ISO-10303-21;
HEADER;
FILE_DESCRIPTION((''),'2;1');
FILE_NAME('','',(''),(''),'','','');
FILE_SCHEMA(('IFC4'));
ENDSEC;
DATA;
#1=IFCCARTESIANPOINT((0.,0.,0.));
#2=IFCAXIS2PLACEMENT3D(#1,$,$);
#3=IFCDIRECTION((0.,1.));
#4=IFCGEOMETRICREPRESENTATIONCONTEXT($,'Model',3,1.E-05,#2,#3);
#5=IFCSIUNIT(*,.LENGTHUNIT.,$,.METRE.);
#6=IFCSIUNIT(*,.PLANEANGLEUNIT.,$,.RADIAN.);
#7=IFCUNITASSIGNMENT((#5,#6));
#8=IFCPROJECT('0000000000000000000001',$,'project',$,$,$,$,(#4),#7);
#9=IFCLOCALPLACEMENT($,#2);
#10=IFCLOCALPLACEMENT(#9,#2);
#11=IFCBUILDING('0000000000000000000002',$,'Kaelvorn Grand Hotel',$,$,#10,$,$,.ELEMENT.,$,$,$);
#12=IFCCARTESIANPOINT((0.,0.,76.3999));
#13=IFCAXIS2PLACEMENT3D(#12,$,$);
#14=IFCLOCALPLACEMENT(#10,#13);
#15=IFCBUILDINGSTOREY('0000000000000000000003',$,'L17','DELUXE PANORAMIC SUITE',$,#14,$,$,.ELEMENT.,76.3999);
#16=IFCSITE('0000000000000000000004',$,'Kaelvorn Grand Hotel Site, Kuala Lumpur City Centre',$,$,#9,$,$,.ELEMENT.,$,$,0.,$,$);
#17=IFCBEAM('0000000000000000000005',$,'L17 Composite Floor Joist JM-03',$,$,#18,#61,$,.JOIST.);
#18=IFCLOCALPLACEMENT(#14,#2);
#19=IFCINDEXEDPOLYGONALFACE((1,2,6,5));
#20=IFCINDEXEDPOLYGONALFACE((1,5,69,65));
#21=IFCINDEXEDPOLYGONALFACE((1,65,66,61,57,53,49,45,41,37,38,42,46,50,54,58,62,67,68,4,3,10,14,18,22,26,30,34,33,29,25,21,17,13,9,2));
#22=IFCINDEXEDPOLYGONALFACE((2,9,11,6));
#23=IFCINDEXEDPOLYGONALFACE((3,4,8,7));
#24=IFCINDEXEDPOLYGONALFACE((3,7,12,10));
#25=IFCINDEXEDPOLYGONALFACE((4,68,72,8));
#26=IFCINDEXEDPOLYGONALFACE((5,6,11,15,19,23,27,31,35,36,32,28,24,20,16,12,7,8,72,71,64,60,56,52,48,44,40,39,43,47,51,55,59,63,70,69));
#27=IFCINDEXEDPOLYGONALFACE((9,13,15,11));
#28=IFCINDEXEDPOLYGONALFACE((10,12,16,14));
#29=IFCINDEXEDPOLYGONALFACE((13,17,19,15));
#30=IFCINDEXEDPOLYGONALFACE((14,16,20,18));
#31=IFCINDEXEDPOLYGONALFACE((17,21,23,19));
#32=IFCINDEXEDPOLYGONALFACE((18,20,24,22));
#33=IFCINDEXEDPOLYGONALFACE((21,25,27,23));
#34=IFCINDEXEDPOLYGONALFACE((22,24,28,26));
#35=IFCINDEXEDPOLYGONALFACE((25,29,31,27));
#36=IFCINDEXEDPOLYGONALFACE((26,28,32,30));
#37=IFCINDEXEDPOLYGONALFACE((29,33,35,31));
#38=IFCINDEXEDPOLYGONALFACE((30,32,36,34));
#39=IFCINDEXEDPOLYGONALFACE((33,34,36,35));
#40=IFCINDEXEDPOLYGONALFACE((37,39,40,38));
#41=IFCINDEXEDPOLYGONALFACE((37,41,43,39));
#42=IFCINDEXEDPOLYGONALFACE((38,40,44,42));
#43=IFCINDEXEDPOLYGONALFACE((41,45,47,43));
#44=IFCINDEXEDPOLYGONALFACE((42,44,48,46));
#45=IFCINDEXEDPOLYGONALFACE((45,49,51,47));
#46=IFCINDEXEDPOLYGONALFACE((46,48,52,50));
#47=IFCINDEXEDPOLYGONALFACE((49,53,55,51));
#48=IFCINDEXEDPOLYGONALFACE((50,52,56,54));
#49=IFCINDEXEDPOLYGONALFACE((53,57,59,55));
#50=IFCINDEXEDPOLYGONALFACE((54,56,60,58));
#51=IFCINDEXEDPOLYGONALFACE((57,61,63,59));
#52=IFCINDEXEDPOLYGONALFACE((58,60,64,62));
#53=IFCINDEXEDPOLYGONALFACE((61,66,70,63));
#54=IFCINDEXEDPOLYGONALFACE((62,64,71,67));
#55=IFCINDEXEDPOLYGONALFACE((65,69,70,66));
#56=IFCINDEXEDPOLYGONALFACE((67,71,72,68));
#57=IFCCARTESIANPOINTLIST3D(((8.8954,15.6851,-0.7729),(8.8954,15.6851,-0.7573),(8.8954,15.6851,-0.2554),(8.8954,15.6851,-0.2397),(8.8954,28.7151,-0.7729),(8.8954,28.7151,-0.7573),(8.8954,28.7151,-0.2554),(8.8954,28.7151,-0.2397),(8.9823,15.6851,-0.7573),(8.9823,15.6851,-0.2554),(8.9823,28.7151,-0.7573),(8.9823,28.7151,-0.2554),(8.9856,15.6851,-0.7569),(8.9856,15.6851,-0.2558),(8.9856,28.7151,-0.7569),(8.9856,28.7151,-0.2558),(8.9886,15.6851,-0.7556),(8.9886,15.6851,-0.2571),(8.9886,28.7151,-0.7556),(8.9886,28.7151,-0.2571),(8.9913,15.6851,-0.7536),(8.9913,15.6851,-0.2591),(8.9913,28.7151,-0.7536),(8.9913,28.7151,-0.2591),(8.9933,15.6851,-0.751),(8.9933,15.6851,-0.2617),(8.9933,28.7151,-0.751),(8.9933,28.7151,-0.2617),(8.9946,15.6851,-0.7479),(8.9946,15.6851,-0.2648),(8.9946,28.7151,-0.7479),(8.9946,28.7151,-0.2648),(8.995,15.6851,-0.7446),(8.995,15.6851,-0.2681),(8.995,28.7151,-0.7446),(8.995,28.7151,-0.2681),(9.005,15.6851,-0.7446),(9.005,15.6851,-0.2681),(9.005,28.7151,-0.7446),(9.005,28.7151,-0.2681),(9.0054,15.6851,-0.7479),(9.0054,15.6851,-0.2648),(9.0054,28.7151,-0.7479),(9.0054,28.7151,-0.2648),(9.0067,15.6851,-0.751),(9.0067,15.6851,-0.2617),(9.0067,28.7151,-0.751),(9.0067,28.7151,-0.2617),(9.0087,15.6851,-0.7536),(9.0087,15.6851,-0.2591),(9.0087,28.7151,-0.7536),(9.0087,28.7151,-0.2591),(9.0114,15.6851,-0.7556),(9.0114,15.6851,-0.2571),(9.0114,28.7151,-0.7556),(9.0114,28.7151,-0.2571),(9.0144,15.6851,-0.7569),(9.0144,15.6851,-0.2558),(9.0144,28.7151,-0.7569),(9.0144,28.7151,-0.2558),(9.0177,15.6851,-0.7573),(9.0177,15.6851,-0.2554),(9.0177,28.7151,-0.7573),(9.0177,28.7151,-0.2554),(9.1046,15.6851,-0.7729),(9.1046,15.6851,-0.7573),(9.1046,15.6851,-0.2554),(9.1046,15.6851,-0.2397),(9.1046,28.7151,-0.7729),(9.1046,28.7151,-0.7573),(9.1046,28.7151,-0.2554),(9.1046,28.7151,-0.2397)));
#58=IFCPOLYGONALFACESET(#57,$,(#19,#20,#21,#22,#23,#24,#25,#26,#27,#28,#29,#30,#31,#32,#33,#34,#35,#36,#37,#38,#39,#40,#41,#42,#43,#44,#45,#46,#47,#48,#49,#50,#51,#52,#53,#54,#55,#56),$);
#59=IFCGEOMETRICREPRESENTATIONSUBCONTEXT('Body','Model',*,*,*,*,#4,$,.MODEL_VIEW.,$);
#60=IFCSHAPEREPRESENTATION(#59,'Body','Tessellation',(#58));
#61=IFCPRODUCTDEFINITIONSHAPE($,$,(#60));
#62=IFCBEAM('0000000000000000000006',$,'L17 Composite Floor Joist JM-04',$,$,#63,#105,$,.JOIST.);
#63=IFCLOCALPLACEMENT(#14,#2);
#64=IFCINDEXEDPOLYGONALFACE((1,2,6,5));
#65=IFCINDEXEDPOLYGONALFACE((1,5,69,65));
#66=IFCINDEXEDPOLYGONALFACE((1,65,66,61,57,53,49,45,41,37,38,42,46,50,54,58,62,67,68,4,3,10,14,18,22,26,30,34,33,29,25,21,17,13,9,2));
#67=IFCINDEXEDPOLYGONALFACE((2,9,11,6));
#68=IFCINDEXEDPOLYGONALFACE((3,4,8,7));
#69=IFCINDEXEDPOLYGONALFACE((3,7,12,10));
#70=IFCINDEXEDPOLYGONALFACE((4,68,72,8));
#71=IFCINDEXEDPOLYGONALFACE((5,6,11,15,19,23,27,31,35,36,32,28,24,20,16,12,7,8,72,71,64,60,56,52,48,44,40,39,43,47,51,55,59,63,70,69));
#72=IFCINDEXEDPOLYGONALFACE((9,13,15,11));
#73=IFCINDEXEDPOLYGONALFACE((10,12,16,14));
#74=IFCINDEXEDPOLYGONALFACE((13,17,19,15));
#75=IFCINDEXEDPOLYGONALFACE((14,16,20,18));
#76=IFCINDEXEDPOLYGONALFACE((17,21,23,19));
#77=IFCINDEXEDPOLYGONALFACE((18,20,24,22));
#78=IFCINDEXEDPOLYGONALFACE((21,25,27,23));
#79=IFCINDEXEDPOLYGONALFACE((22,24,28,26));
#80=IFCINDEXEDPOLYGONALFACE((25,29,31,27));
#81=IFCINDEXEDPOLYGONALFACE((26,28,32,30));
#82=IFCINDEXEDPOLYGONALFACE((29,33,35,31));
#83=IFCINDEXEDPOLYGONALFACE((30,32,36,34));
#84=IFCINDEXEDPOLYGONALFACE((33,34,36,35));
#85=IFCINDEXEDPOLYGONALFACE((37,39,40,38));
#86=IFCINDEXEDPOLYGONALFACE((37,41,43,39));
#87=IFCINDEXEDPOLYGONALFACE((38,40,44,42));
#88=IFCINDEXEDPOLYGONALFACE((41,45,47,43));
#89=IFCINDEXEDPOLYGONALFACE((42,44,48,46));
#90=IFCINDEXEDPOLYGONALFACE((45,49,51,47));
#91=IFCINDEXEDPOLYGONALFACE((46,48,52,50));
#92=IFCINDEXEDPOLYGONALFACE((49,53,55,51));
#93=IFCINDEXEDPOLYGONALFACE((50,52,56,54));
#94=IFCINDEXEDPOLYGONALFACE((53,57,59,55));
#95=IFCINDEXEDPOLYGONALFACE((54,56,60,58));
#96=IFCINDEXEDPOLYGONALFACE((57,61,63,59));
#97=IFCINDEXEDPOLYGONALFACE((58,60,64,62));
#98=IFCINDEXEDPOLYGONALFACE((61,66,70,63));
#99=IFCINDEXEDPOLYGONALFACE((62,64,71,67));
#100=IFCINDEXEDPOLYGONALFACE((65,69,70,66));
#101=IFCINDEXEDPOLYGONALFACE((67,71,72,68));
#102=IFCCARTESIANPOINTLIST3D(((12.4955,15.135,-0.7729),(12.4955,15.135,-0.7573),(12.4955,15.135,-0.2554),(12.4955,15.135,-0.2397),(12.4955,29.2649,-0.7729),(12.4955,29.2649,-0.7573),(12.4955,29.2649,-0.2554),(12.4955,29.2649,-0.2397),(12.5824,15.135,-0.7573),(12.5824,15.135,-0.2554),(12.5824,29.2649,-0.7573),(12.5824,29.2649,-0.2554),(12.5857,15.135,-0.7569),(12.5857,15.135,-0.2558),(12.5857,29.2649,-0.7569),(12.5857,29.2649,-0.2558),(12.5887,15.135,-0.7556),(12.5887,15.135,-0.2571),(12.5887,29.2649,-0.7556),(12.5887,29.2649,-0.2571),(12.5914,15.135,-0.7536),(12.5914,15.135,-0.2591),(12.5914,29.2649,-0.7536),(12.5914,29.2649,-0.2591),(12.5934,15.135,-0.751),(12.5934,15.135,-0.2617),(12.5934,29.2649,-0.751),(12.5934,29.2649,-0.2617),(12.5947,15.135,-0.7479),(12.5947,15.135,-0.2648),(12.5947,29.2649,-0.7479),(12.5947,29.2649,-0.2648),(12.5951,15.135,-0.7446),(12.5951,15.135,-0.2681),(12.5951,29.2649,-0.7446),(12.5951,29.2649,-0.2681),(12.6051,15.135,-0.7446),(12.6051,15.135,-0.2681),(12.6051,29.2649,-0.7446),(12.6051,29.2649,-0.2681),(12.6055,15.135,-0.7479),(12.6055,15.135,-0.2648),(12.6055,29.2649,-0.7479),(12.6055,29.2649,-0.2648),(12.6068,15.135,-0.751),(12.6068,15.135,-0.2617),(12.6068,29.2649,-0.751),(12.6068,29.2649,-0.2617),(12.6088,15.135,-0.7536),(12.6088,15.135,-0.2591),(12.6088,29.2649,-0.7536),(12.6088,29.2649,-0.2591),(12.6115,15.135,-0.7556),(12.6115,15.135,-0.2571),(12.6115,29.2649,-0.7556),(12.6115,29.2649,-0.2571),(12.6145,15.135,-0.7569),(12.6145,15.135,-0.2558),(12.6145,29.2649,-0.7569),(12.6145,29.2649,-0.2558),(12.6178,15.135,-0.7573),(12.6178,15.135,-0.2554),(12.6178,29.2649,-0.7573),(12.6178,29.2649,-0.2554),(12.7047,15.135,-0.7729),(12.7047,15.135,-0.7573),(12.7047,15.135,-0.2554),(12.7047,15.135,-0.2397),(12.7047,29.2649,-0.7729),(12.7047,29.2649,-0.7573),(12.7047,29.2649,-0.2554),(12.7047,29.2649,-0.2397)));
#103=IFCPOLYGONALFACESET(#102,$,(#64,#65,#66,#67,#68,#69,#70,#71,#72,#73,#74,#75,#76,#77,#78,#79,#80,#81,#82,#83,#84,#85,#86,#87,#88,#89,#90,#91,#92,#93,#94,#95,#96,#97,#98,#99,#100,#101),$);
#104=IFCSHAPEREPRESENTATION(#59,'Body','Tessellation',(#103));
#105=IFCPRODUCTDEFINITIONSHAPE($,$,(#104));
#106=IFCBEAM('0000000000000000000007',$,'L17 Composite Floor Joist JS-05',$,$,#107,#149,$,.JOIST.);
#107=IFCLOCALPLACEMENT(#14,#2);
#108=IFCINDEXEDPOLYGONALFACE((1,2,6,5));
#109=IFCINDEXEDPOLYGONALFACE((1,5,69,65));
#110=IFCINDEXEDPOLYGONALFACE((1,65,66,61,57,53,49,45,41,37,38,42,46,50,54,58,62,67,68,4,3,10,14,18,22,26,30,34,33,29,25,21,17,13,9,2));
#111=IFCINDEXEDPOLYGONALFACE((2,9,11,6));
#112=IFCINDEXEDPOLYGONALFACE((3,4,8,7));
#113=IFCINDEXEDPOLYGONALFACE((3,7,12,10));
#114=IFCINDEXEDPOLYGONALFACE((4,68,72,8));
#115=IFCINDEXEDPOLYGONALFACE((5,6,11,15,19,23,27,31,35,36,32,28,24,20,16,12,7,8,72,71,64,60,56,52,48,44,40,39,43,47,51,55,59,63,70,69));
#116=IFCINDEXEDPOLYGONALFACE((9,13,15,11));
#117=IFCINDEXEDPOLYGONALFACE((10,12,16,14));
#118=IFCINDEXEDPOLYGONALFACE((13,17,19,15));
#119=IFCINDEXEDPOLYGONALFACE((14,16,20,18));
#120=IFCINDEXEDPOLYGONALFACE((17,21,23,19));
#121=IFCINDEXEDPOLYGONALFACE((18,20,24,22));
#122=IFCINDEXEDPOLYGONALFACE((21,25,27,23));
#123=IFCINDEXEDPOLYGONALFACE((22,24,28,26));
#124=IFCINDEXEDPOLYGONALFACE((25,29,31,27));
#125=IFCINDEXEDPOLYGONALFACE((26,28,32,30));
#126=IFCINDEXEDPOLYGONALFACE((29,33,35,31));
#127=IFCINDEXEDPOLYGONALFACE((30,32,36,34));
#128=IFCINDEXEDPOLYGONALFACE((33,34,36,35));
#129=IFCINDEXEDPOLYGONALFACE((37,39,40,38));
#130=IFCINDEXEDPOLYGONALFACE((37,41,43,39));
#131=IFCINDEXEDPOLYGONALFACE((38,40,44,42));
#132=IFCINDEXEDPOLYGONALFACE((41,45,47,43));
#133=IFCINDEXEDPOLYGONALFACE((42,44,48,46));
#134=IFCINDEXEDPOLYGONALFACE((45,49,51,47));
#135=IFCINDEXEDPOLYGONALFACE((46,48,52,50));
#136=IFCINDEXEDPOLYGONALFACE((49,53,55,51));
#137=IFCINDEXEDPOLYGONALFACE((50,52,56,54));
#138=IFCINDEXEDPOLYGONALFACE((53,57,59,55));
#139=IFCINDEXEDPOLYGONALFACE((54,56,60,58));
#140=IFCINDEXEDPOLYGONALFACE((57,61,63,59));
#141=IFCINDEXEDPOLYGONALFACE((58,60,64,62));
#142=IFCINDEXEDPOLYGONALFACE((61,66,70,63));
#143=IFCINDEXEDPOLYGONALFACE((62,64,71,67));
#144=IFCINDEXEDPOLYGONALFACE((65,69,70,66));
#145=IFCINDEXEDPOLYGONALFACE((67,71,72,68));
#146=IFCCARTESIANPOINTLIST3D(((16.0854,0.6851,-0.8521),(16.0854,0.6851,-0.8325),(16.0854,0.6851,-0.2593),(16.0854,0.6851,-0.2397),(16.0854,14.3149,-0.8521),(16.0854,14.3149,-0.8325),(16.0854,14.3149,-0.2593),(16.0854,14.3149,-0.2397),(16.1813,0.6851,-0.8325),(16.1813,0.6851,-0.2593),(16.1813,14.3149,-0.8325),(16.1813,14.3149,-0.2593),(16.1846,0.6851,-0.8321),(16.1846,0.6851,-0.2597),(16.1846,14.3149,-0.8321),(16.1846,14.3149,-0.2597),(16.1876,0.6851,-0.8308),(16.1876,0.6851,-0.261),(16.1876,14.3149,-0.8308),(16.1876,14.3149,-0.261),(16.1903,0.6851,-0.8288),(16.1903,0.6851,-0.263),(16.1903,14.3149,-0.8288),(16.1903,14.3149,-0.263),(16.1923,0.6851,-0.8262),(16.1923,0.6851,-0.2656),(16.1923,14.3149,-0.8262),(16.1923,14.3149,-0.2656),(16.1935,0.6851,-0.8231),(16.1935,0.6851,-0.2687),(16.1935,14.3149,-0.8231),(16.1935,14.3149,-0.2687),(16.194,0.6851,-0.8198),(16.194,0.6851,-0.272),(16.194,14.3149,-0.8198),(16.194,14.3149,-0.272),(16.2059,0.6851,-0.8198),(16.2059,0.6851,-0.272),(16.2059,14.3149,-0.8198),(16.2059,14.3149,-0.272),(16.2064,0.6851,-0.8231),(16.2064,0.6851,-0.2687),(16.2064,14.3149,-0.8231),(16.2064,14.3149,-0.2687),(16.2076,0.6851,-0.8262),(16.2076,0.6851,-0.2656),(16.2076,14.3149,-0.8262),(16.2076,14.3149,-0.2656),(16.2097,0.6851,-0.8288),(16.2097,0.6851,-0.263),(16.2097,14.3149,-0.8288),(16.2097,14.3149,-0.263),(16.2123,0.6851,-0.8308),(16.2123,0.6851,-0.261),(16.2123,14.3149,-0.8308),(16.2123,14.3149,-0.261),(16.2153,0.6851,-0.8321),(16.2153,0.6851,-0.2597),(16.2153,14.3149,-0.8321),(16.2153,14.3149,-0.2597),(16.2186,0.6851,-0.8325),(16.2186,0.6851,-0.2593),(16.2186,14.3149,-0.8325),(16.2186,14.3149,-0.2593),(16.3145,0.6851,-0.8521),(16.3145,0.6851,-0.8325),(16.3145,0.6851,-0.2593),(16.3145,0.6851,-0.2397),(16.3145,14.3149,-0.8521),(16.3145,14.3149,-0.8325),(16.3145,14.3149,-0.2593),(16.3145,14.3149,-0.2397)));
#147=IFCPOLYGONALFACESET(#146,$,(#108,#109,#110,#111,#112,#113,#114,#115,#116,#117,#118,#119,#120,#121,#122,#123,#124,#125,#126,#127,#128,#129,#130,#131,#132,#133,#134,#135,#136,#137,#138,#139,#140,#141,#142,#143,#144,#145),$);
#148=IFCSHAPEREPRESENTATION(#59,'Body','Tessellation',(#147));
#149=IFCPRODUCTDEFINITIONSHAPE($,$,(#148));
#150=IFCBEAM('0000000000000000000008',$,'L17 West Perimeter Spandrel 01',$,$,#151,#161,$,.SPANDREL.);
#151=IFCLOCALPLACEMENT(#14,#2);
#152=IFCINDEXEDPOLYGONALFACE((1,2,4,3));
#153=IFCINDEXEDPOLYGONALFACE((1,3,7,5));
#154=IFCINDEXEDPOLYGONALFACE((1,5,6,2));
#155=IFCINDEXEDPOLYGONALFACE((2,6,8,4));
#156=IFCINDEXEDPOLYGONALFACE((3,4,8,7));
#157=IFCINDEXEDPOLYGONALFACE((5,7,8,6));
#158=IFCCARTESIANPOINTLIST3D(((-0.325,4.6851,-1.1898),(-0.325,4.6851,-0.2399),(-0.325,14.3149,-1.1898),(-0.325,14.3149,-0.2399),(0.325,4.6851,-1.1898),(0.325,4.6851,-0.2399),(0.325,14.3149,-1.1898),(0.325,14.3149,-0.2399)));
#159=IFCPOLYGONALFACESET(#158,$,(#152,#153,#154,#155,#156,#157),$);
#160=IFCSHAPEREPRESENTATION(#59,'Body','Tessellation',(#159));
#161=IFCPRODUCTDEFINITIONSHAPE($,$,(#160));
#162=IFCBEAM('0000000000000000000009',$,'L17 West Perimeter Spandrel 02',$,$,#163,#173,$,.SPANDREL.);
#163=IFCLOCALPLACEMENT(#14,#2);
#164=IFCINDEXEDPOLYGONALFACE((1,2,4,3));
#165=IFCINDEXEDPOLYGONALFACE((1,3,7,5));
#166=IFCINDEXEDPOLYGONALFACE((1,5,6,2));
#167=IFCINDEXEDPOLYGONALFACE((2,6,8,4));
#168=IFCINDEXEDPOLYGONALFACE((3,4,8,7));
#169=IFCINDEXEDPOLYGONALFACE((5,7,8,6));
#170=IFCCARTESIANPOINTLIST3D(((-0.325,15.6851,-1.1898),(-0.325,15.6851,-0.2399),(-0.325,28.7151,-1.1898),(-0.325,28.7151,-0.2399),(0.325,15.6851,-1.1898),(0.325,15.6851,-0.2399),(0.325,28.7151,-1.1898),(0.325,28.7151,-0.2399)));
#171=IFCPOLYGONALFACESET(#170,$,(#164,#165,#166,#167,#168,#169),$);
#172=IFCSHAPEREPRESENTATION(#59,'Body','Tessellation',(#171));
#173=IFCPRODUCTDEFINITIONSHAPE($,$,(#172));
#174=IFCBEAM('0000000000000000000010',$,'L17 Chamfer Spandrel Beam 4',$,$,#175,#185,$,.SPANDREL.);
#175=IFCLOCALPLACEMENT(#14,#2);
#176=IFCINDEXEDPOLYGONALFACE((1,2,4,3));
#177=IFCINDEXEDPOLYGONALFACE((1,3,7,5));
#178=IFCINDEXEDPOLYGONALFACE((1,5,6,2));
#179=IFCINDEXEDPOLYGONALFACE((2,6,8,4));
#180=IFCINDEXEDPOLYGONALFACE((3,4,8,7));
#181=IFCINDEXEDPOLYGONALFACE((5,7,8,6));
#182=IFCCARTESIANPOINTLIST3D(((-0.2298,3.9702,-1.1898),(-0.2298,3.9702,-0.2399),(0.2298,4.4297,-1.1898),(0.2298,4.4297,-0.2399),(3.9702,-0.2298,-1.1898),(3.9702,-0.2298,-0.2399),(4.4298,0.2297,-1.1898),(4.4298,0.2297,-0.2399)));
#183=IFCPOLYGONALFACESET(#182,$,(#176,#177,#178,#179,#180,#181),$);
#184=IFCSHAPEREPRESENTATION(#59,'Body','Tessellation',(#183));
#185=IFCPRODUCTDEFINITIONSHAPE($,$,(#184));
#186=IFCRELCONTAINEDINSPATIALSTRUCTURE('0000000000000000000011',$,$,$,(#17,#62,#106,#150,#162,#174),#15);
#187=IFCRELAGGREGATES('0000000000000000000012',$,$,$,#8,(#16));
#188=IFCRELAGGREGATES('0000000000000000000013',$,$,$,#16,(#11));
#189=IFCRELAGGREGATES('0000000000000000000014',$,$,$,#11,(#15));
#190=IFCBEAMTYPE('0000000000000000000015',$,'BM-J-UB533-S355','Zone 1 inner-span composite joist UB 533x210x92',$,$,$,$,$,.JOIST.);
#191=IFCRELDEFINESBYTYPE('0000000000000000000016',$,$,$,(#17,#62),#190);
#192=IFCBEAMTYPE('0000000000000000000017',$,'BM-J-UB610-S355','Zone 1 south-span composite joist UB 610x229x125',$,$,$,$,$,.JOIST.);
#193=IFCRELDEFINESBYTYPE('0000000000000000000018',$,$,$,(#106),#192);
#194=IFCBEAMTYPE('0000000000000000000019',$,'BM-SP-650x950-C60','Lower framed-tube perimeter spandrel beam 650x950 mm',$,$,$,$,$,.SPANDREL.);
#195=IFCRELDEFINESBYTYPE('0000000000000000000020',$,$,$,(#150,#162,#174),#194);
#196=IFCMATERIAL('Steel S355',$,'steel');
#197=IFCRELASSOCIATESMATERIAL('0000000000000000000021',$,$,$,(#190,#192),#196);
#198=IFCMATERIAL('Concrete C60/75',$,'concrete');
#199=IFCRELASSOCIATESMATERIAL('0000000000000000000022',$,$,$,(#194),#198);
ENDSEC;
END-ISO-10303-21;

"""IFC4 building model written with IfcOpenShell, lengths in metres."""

from ifc_helpers import new_model, si_unit, direction, frame, origin, origin_2d, place, context, subcontext, project, spatial, rectangle, i_section, extrude, material, material_profile, profile_set, type_object, element, save


model = new_model("IFC4")

# Units and contexts
model_context = context("Model", 3, precision=1e-05, world=origin(), true_north=direction((0.0, 1.0)))
body_context = subcontext(model_context, "Body", "Model", "MODEL_VIEW")
ifc_project = project(units=[si_unit("LENGTHUNIT", "METRE"), si_unit("PLANEANGLEUNIT", "RADIAN")], contexts=[model_context])

# Site, building, storey
site_placement = place(None, origin())
site = spatial("IfcSite", under=ifc_project, at=site_placement, Name="Kaelvorn Grand Hotel Site, Kuala Lumpur City Centre", CompositionType="ELEMENT", RefElevation=0.0)
building_placement = place(site_placement, origin())
building = spatial("IfcBuilding", under=site, at=building_placement, Name="Kaelvorn Grand Hotel", CompositionType="ELEMENT")
storey_placement = place(building_placement, frame((0.0, 0.0, 76.3999)))
storey = spatial("IfcBuildingStorey", under=building, at=storey_placement, Name="L17", Description="DELUXE PANORAMIC SUITE", CompositionType="ELEMENT", Elevation=76.3999)

# Beams
ifc_material_1 = material(Name="Steel S355", Category="steel")
ifc_material_profile_1 = material_profile(ifc_material_1, i_section(OverallWidth=0.2092, OverallDepth=0.5332, WebThickness=0.01, FlangeThickness=0.0156, FilletRadius=0.0127, at=origin_2d()), Name="UB 533x210x92")
ifc_profile_set_1 = profile_set([ifc_material_profile_1], Name="Steel S355")
beam_type_1 = type_object("IfcBeamType", Name="BM-J-UB533-S355", Description="Zone 1 inner-span composite joist UB 533x210x92", PredefinedType="JOIST", material=ifc_profile_set_1)
beam_1_placement = place(storey_placement, frame((9.0, 15.6851, -0.5063), z_axis=(0.0, 1.0, 0.0), x_axis=(-1.0, 0.0, 0.0)))
element("IfcBeam", 1, at=beam_1_placement, inside=storey, type_object=beam_type_1, Name="L17 Composite Floor Joist JM-03", PredefinedType="JOIST", context=body_context, shape_type="SweptSolid", body=[
    extrude(i_section(OverallWidth=0.2092, OverallDepth=0.5332, WebThickness=0.01, FlangeThickness=0.0156, FilletRadius=0.0127, at=origin_2d()), origin(), (0.0, 0.0, 1.0), 13.03),
])
beam_2_placement = place(storey_placement, frame((12.6001, 15.135, -0.5063), z_axis=(0.0, 1.0, 0.0), x_axis=(-1.0, 0.0, 0.0)))
element("IfcBeam", 2, at=beam_2_placement, inside=storey, type_object=beam_type_1, Name="L17 Composite Floor Joist JM-04", PredefinedType="JOIST", context=body_context, shape_type="SweptSolid", body=[
    extrude(i_section(OverallWidth=0.2092, OverallDepth=0.5332, WebThickness=0.01, FlangeThickness=0.0156, FilletRadius=0.0127, at=origin_2d()), origin(), (0.0, 0.0, 1.0), 14.1299),
])
ifc_material_profile_2 = material_profile(ifc_material_1, i_section(OverallWidth=0.229, OverallDepth=0.6123, WebThickness=0.012, FlangeThickness=0.0195, FilletRadius=0.0127, at=origin_2d()), Name="UB 610x229x125")
ifc_profile_set_2 = profile_set([ifc_material_profile_2], Name="Steel S355")
beam_type_2 = type_object("IfcBeamType", Name="BM-J-UB610-S355", Description="Zone 1 south-span composite joist UB 610x229x125", PredefinedType="JOIST", material=ifc_profile_set_2)
beam_3_placement = place(storey_placement, frame((16.2, 0.6851, -0.5459), z_axis=(0.0, 1.0, 0.0), x_axis=(-1.0, 0.0, 0.0)))
element("IfcBeam", 3, at=beam_3_placement, inside=storey, type_object=beam_type_2, Name="L17 Composite Floor Joist JS-05", PredefinedType="JOIST", context=body_context, shape_type="SweptSolid", body=[
    extrude(i_section(OverallWidth=0.229, OverallDepth=0.6123, WebThickness=0.012, FlangeThickness=0.0195, FilletRadius=0.0127, at=origin_2d()), origin(), (0.0, 0.0, 1.0), 13.6299),
])
ifc_material_2 = material(Name="Concrete C60/75", Category="concrete")
ifc_material_profile_3 = material_profile(ifc_material_2, rectangle(XDim=0.6499, YDim=0.95, at=origin_2d()), Name="RC SPANDREL 650x950")
ifc_profile_set_3 = profile_set([ifc_material_profile_3], Name="Concrete C60/75")
beam_type_3 = type_object("IfcBeamType", Name="BM-SP-650x950-C60", Description="Lower framed-tube perimeter spandrel beam 650x950 mm", PredefinedType="SPANDREL", material=ifc_profile_set_3)
beam_4_placement = place(storey_placement, frame((0.0, 4.6851, -0.7148), z_axis=(0.0, 1.0, 0.0), x_axis=(-1.0, 0.0, 0.0)))
element("IfcBeam", 4, at=beam_4_placement, inside=storey, type_object=beam_type_3, Name="L17 West Perimeter Spandrel 01", PredefinedType="SPANDREL", context=body_context, shape_type="SweptSolid", body=[
    extrude(rectangle(XDim=0.6499, YDim=0.95, at=origin_2d()), origin(), (0.0, 0.0, 1.0), 9.6299),
])
beam_5_placement = place(storey_placement, frame((0.0, 15.6851, -0.7148), z_axis=(0.0, 1.0, 0.0), x_axis=(-1.0, 0.0, 0.0)))
element("IfcBeam", 5, at=beam_5_placement, inside=storey, type_object=beam_type_3, Name="L17 West Perimeter Spandrel 02", PredefinedType="SPANDREL", context=body_context, shape_type="SweptSolid", body=[
    extrude(rectangle(XDim=0.6499, YDim=0.95, at=origin_2d()), origin(), (0.0, 0.0, 1.0), 13.03),
])
beam_6_placement = place(storey_placement, frame((0.0, 4.2, -0.7148), z_axis=(0.707107, -0.707107, 0.0), x_axis=(0.707107, 0.707107, 0.0)))
element("IfcBeam", 6, at=beam_6_placement, inside=storey, type_object=beam_type_3, Name="L17 Chamfer Spandrel Beam 4", PredefinedType="SPANDREL", context=body_context, shape_type="SweptSolid", body=[
    extrude(rectangle(XDim=0.6499, YDim=0.95, at=origin_2d()), origin(), (0.0, 0.0, 1.0), 5.9397),
])

save(model, "model.ifc")
